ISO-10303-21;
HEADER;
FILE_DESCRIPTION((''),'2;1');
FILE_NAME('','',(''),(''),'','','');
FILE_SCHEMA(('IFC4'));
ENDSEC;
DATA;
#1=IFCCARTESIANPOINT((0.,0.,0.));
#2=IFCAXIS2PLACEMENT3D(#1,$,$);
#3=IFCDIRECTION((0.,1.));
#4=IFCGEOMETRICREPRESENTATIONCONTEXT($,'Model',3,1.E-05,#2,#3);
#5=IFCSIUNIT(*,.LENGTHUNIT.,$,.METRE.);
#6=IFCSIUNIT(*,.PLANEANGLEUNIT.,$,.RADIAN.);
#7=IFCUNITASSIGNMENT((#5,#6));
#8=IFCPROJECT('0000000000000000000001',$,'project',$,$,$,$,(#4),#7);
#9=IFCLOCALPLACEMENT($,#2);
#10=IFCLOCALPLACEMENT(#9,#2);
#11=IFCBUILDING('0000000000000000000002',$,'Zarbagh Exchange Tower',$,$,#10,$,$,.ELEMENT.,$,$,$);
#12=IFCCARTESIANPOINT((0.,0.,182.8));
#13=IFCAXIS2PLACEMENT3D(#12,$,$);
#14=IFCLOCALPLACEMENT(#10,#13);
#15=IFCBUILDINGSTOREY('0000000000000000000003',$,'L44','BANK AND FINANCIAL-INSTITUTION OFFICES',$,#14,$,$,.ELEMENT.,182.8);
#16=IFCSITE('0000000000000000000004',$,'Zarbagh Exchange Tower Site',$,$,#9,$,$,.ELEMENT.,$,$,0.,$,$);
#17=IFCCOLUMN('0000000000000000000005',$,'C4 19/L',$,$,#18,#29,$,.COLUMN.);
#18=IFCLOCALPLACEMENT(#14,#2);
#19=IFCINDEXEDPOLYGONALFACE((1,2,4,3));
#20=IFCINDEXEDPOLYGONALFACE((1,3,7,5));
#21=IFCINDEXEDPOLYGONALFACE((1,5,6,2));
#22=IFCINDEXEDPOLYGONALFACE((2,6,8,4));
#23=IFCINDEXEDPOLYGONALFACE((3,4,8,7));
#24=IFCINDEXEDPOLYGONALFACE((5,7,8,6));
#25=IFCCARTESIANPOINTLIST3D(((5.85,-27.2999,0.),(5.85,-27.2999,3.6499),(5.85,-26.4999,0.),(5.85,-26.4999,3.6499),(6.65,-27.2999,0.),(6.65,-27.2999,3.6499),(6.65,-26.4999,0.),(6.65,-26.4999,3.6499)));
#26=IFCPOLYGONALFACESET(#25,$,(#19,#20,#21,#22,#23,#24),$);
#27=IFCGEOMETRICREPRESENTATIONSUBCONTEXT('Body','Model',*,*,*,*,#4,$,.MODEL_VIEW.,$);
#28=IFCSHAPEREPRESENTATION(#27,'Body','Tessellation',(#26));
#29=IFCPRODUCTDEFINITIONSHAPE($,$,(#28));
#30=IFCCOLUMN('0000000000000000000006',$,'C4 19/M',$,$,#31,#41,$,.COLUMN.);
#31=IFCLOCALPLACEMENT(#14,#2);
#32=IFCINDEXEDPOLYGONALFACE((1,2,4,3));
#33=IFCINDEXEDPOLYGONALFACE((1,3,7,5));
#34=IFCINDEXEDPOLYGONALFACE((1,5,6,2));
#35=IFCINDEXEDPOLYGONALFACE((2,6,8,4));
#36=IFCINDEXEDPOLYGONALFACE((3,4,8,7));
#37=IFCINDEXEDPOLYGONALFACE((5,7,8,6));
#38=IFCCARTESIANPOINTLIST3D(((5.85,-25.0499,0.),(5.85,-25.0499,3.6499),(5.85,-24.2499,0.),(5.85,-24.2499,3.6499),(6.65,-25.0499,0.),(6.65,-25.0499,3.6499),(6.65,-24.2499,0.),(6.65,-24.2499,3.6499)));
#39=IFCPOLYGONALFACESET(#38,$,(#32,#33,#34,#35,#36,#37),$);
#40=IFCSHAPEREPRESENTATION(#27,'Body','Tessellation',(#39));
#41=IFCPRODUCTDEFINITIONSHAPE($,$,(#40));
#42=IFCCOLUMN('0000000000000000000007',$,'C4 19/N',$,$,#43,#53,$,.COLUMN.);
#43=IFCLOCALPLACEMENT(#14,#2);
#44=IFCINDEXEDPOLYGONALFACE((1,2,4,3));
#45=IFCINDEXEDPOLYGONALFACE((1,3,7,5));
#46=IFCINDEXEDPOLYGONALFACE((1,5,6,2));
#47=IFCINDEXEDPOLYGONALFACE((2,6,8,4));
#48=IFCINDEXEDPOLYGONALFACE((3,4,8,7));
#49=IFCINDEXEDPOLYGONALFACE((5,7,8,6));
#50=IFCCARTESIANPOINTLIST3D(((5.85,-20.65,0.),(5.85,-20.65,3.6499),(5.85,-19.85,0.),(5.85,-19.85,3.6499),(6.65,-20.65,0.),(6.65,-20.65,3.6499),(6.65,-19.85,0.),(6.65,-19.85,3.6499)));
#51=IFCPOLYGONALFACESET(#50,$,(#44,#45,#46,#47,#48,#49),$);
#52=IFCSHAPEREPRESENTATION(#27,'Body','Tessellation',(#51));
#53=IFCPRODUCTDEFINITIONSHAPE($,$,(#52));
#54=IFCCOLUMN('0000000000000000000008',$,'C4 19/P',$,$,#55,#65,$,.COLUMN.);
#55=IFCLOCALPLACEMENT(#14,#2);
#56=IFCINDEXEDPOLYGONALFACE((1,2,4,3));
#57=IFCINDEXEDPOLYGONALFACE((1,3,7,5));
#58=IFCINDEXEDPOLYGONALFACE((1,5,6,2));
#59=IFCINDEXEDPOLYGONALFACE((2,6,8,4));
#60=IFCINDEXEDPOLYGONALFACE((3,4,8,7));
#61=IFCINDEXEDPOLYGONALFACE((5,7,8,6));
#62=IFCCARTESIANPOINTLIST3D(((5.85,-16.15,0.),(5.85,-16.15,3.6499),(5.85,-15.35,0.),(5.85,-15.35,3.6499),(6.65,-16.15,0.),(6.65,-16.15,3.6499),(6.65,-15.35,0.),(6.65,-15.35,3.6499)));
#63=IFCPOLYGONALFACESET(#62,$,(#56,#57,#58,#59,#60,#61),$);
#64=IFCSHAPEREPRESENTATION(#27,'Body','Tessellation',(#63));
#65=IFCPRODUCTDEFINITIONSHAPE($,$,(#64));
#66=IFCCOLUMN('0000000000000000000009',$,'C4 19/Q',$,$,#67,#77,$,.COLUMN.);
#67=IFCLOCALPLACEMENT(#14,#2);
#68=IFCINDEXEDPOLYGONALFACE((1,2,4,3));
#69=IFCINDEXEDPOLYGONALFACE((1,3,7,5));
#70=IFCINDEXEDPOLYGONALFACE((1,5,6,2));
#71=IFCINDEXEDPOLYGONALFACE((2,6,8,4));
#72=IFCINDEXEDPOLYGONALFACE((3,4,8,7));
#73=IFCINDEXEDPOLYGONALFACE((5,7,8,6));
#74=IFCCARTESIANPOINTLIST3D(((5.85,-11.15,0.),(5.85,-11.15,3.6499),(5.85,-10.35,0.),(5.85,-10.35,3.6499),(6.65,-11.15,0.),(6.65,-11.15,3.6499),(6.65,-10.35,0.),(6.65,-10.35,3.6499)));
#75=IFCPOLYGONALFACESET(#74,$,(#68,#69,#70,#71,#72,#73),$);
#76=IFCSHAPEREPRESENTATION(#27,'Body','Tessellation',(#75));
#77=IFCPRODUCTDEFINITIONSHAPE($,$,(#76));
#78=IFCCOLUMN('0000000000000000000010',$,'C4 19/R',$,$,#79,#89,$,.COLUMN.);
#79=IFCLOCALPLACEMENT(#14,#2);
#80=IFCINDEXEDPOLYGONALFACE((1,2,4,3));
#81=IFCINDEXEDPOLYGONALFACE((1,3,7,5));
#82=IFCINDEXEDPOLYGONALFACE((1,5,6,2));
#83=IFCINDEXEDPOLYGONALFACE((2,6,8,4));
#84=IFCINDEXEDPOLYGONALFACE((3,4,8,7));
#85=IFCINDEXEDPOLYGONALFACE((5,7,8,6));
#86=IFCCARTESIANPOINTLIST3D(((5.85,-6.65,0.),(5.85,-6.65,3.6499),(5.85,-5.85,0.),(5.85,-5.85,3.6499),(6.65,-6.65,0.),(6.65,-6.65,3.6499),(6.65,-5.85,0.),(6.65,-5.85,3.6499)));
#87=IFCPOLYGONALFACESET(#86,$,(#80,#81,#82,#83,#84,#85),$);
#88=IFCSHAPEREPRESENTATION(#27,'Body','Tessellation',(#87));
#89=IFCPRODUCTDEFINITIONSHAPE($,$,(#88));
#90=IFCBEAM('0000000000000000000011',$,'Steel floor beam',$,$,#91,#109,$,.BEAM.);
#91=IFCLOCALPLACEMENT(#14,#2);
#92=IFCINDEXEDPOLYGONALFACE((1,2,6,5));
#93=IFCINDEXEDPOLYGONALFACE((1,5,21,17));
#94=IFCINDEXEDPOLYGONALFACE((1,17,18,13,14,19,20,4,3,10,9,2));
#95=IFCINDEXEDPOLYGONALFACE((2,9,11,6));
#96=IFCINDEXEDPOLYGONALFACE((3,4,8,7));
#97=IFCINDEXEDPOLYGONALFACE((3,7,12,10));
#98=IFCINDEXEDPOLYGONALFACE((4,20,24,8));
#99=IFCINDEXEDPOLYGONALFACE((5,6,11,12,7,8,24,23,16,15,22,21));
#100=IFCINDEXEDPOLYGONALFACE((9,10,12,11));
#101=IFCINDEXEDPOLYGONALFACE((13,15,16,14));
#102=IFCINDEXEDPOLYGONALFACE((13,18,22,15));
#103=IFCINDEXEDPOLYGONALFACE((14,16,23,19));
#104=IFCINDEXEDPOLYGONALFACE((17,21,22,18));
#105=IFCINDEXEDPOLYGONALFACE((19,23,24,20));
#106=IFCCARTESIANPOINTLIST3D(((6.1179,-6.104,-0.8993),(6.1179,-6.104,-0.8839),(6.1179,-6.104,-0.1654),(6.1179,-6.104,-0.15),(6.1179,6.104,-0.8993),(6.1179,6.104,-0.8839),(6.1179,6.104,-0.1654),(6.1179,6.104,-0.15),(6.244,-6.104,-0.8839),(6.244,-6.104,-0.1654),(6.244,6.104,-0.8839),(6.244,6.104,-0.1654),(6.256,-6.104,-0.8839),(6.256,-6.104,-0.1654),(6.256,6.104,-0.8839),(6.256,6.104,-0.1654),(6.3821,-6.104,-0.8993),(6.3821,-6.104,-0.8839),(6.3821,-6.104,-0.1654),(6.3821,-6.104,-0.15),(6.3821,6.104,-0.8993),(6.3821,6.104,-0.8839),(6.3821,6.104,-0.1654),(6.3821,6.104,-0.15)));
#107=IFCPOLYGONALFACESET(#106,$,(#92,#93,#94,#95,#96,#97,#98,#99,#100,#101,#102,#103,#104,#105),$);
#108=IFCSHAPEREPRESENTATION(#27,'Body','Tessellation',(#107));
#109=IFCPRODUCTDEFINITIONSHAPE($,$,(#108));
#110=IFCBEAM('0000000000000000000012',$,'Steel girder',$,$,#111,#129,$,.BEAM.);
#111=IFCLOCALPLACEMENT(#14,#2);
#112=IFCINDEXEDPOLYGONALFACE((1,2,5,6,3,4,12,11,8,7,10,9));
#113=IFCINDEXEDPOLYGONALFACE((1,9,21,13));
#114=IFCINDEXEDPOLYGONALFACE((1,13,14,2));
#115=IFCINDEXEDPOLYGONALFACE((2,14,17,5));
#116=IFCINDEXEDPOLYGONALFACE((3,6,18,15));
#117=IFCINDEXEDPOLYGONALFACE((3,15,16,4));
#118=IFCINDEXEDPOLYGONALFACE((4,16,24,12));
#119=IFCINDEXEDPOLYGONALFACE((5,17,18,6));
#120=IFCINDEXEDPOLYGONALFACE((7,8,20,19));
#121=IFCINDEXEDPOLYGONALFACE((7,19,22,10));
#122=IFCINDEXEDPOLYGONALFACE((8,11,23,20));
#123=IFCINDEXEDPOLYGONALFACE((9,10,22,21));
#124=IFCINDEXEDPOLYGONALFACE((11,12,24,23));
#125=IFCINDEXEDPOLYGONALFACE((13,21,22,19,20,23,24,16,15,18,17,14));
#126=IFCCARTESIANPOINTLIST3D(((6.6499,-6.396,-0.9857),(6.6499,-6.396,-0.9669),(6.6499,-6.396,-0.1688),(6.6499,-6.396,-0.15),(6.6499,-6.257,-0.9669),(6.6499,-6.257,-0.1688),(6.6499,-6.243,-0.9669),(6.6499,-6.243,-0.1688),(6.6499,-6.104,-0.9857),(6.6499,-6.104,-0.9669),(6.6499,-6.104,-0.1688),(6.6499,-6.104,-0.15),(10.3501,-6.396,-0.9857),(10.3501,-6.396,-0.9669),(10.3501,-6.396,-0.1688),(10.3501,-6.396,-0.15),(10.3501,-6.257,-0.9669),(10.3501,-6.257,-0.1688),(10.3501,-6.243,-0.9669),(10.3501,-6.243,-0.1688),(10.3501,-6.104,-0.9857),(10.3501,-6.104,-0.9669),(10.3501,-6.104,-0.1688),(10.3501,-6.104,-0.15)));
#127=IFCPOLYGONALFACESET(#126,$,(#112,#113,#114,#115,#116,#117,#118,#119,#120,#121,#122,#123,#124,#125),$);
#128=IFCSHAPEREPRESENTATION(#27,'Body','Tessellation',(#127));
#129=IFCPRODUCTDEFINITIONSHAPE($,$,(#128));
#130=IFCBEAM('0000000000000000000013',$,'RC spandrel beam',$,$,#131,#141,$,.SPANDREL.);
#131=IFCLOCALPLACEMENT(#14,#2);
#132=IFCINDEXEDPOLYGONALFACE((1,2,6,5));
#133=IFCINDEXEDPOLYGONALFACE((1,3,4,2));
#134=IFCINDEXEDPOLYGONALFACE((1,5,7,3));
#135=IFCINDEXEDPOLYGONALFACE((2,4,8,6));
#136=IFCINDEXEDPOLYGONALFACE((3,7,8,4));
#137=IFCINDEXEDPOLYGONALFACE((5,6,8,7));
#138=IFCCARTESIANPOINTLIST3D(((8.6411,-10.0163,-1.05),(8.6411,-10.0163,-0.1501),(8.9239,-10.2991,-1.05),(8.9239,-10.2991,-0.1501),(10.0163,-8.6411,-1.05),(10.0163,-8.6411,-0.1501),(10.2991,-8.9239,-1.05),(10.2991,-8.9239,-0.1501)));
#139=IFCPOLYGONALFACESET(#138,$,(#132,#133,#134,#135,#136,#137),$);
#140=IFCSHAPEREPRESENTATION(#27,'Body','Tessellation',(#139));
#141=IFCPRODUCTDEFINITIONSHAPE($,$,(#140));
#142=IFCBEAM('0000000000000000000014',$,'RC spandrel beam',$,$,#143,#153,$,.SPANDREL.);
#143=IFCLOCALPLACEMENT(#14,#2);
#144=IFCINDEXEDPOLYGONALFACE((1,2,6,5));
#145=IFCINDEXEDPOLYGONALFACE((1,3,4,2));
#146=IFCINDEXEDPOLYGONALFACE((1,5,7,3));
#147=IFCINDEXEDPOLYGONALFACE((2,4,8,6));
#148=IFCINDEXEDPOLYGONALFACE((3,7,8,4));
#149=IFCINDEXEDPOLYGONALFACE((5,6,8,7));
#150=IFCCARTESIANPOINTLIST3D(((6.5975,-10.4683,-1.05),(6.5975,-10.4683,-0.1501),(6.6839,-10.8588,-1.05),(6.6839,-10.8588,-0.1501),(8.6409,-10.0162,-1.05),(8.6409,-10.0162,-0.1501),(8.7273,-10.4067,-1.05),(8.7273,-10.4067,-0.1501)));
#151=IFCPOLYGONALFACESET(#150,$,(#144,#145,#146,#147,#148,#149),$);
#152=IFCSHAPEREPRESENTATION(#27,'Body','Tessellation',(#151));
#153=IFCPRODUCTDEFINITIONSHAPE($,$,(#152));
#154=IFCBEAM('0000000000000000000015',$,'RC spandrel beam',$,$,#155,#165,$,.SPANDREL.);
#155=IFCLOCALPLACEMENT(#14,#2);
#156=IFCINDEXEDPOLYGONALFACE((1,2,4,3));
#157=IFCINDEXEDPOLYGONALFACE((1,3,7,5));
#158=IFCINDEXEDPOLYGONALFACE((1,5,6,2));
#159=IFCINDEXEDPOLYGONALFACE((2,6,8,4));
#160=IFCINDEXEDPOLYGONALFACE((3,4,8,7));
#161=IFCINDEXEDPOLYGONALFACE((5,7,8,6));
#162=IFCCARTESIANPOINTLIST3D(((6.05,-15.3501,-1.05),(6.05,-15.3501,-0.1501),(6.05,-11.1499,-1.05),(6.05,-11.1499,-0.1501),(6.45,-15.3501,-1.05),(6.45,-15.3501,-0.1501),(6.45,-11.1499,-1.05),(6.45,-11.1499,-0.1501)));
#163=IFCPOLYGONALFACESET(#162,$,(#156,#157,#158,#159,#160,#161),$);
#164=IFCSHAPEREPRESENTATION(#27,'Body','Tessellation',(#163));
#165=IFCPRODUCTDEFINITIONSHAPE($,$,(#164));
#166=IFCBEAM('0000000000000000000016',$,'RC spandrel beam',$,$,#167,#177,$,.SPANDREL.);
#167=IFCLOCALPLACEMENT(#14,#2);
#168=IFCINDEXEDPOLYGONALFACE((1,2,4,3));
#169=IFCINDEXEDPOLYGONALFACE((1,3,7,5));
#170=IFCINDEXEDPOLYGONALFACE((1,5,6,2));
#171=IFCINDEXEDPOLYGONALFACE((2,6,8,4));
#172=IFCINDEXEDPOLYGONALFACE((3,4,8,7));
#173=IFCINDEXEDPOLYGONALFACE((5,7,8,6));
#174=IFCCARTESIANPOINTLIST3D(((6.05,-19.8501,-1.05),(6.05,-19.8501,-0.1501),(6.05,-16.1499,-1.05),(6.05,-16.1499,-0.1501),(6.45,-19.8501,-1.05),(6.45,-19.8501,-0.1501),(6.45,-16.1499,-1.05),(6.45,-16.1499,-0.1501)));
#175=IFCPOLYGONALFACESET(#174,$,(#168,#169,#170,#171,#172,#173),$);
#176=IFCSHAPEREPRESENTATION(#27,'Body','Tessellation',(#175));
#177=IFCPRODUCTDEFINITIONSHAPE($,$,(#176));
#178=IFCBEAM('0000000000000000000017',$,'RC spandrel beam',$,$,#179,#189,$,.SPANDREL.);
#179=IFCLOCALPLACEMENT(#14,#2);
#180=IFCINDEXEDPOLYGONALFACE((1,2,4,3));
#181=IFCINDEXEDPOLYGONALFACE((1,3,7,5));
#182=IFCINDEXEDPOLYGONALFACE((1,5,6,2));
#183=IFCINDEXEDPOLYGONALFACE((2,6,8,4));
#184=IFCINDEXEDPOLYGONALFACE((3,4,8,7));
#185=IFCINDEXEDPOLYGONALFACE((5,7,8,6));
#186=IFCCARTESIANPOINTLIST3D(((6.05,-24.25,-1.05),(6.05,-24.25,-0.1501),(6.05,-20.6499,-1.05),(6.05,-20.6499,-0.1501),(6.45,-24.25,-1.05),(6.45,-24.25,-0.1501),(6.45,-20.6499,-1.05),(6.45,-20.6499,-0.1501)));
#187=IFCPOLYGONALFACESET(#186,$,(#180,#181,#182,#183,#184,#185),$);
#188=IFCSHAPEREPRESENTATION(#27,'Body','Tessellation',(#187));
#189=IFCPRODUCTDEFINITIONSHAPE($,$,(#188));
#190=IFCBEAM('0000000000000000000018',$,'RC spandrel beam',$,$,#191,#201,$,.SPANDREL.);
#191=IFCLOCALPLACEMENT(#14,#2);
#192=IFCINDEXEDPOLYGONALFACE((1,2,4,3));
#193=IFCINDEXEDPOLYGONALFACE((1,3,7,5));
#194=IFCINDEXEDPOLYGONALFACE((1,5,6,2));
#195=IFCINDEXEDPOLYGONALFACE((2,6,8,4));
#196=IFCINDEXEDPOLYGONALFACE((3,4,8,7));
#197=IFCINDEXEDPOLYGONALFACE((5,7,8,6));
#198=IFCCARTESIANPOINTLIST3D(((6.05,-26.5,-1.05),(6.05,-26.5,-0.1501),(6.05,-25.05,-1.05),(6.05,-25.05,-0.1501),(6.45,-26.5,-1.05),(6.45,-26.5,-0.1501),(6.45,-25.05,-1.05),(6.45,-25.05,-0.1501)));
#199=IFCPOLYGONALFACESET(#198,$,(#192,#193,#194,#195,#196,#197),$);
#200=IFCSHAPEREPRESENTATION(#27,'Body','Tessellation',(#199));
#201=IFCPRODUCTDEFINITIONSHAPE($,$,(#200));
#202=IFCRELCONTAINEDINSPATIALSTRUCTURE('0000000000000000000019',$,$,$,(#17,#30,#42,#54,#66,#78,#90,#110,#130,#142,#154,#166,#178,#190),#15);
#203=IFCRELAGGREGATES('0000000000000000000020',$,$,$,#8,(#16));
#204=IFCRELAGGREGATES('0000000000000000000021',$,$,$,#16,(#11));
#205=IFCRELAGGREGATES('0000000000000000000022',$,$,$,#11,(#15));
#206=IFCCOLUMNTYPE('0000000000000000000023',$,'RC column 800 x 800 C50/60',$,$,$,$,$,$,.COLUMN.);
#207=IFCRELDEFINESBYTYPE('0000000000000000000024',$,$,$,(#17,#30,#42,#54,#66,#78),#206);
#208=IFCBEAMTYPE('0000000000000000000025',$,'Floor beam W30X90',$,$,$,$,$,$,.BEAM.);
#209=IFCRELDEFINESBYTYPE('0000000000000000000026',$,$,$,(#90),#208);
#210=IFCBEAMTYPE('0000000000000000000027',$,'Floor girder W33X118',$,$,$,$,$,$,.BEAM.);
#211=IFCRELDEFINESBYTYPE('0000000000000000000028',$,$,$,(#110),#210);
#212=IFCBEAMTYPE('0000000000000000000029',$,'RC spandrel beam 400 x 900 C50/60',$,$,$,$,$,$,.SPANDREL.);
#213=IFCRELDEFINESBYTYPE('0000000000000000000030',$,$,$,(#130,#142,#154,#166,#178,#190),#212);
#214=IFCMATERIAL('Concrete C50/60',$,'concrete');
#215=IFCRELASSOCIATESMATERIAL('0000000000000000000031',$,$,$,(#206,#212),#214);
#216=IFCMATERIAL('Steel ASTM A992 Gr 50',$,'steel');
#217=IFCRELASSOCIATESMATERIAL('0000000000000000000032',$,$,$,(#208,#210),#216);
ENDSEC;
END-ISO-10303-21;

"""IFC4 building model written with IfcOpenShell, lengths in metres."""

from ifc_helpers import new_model, si_unit, direction, frame, origin, origin_2d, place, context, subcontext, project, spatial, rectangle, i_section, extrude, material, material_profile, profile_set, type_object, element, save


model = new_model("IFC4")

# Units and contexts
model_context = context("Model", 3, precision=1e-05, world=origin(), true_north=direction((0.0, 1.0)))
body_context = subcontext(model_context, "Body", "Model", "MODEL_VIEW")
ifc_project = project(units=[si_unit("LENGTHUNIT", "METRE"), si_unit("PLANEANGLEUNIT", "RADIAN")], contexts=[model_context])

# Site, building, storey
site_placement = place(None, origin())
site = spatial("IfcSite", under=ifc_project, at=site_placement, Name="Zarbagh Exchange Tower Site", CompositionType="ELEMENT", RefElevation=0.0)
building_placement = place(site_placement, origin())
building = spatial("IfcBuilding", under=site, at=building_placement, Name="Zarbagh Exchange Tower", CompositionType="ELEMENT")
storey_placement = place(building_placement, frame((0.0, 0.0, 182.8)))
storey = spatial("IfcBuildingStorey", under=building, at=storey_placement, Name="L44", Description="BANK AND FINANCIAL-INSTITUTION OFFICES", CompositionType="ELEMENT", Elevation=182.8)

# Columns
ifc_material_1 = material(Name="Concrete C50/60", Category="concrete")
ifc_material_profile_1 = material_profile(ifc_material_1, rectangle(XDim=0.8, YDim=0.8, at=origin_2d()), Name="RC column 800 x 800 C50/60")
ifc_profile_set_1 = profile_set([ifc_material_profile_1], Name="Concrete C50/60")
column_type = type_object("IfcColumnType", Name="RC column 800 x 800 C50/60", PredefinedType="COLUMN", material=ifc_profile_set_1)
for number, where, z_axis, x_axis, name in (
    (1, (6.25, -26.8999, 0.0), (0.0, 0.0, 1.0), (1.0, 0.0, 0.0), "C4 19/L"),
    (2, (6.25, -24.6499, 0.0), (0.0, 0.0, 1.0), (1.0, 0.0, 0.0), "C4 19/M"),
    (3, (6.25, -20.25, 0.0), (0.0, 0.0, 1.0), (1.0, 0.0, 0.0), "C4 19/N"),
    (4, (6.25, -15.75, 0.0), (0.0, 0.0, 1.0), (1.0, 0.0, 0.0), "C4 19/P"),
    (5, (6.25, -10.75, 0.0), (0.0, 0.0, 1.0), (1.0, 0.0, 0.0), "C4 19/Q"),
    (6, (6.25, -6.25, 0.0), (0.0, 0.0, 1.0), (1.0, 0.0, 0.0), "C4 19/R"),
):
    element("IfcColumn", number, at=place(storey_placement, frame(where, z_axis=z_axis, x_axis=x_axis)), inside=storey, type_object=column_type, Name=name, PredefinedType="COLUMN", context=body_context, shape_type="SweptSolid", body=[
        extrude(rectangle(XDim=0.8, YDim=0.8, at=origin_2d()), origin(), (0.0, 0.0, 1.0), 3.6499),
    ])

# Beams
ifc_material_2 = material(Name="Steel ASTM A992 Gr 50", Category="steel")
ifc_material_profile_2 = material_profile(ifc_material_2, i_section(OverallWidth=0.2642, OverallDepth=0.7493, WebThickness=0.012, FlangeThickness=0.0154, at=origin_2d()), Name="W30X90")
ifc_profile_set_2 = profile_set([ifc_material_profile_2], Name="Steel ASTM A992 Gr 50")
beam_type_1 = type_object("IfcBeamType", Name="Floor beam W30X90", PredefinedType="BEAM", material=ifc_profile_set_2)
beam_1_placement = place(storey_placement, frame((6.25, -6.104, -0.5247), z_axis=(0.0, 1.0, 0.0), x_axis=(-1.0, 0.0, 0.0)))
element("IfcBeam", 7, at=beam_1_placement, inside=storey, type_object=beam_type_1, Name="Steel floor beam", PredefinedType="BEAM", context=body_context, shape_type="SweptSolid", body=[
    extrude(i_section(OverallWidth=0.2642, OverallDepth=0.7493, WebThickness=0.012, FlangeThickness=0.0154, at=origin_2d()), origin(), (0.0, 0.0, 1.0), 12.208),
])
ifc_material_profile_3 = material_profile(ifc_material_2, i_section(OverallWidth=0.292, OverallDepth=0.8357, WebThickness=0.0139, FlangeThickness=0.0188, at=origin_2d()), Name="W33X118")
ifc_profile_set_3 = profile_set([ifc_material_profile_3], Name="Steel ASTM A992 Gr 50")
beam_type_2 = type_object("IfcBeamType", Name="Floor girder W33X118", PredefinedType="BEAM", material=ifc_profile_set_3)
beam_2_placement = place(storey_placement, frame((6.6499, -6.25, -0.5679), z_axis=(1.0, 0.0, 0.0), x_axis=(0.0, 1.0, 0.0)))
element("IfcBeam", 8, at=beam_2_placement, inside=storey, type_object=beam_type_2, Name="Steel girder", PredefinedType="BEAM", context=body_context, shape_type="SweptSolid", body=[
    extrude(i_section(OverallWidth=0.292, OverallDepth=0.8357, WebThickness=0.0139, FlangeThickness=0.0188, at=origin_2d()), origin(), (0.0, 0.0, 1.0), 3.7002),
])
ifc_material_profile_4 = material_profile(ifc_material_1, rectangle(XDim=0.3999, YDim=0.8999, at=origin_2d()), Name="RC spandrel beam 400 x 900 C50/60")
ifc_profile_set_4 = profile_set([ifc_material_profile_4], Name="Concrete C50/60")
beam_type_3 = type_object("IfcBeamType", Name="RC spandrel beam 400 x 900 C50/60", PredefinedType="SPANDREL", material=ifc_profile_set_4)
beam_3_placement = place(storey_placement, frame((10.1577, -8.7825, -0.6001), z_axis=(-0.707107, -0.707107, 0.0), x_axis=(0.707107, -0.707107, 0.0)))
element("IfcBeam", 9, at=beam_3_placement, inside=storey, type_object=beam_type_3, Name="RC spandrel beam", PredefinedType="SPANDREL", context=body_context, shape_type="SweptSolid", body=[
    extrude(rectangle(XDim=0.3999, YDim=0.8999, at=origin_2d()), origin(), (0.0, 0.0, 1.0), 1.9448),
])
beam_4_placement = place(storey_placement, frame((8.6841, -10.2114, -0.6001), z_axis=(-0.976384, -0.216041, 0.0), x_axis=(0.216041, -0.976384, 0.0)))
element("IfcBeam", 10, at=beam_4_placement, inside=storey, type_object=beam_type_3, Name="RC spandrel beam", PredefinedType="SPANDREL", context=body_context, shape_type="SweptSolid", body=[
    extrude(rectangle(XDim=0.3999, YDim=0.8999, at=origin_2d()), origin(), (0.0, 0.0, 1.0), 2.0928),
])
beam_5_placement = place(storey_placement, frame((6.25, -11.1499, -0.6001), z_axis=(0.0, -1.0, 0.0), x_axis=(1.0, 0.0, 0.0)))
element("IfcBeam", 11, at=beam_5_placement, inside=storey, type_object=beam_type_3, Name="RC spandrel beam", PredefinedType="SPANDREL", context=body_context, shape_type="SweptSolid", body=[
    extrude(rectangle(XDim=0.3999, YDim=0.8999, at=origin_2d()), origin(), (0.0, 0.0, 1.0), 4.2002),
])
beam_6_placement = place(storey_placement, frame((6.25, -16.1499, -0.6001), z_axis=(0.0, -1.0, 0.0), x_axis=(1.0, 0.0, 0.0)))
element("IfcBeam", 12, at=beam_6_placement, inside=storey, type_object=beam_type_3, Name="RC spandrel beam", PredefinedType="SPANDREL", context=body_context, shape_type="SweptSolid", body=[
    extrude(rectangle(XDim=0.3999, YDim=0.8999, at=origin_2d()), origin(), (0.0, 0.0, 1.0), 3.7002),
])
beam_7_placement = place(storey_placement, frame((6.25, -20.6499, -0.6001), z_axis=(0.0, -1.0, 0.0), x_axis=(1.0, 0.0, 0.0)))
element("IfcBeam", 13, at=beam_7_placement, inside=storey, type_object=beam_type_3, Name="RC spandrel beam", PredefinedType="SPANDREL", context=body_context, shape_type="SweptSolid", body=[
    extrude(rectangle(XDim=0.3999, YDim=0.8999, at=origin_2d()), origin(), (0.0, 0.0, 1.0), 3.6001),
])
beam_8_placement = place(storey_placement, frame((6.25, -25.05, -0.6001), z_axis=(0.0, -1.0, 0.0), x_axis=(1.0, 0.0, 0.0)))
element("IfcBeam", 14, at=beam_8_placement, inside=storey, type_object=beam_type_3, Name="RC spandrel beam", PredefinedType="SPANDREL", context=body_context, shape_type="SweptSolid", body=[
    extrude(rectangle(XDim=0.3999, YDim=0.8999, at=origin_2d()), origin(), (0.0, 0.0, 1.0), 1.45),
])

save(model, "model.ifc")
